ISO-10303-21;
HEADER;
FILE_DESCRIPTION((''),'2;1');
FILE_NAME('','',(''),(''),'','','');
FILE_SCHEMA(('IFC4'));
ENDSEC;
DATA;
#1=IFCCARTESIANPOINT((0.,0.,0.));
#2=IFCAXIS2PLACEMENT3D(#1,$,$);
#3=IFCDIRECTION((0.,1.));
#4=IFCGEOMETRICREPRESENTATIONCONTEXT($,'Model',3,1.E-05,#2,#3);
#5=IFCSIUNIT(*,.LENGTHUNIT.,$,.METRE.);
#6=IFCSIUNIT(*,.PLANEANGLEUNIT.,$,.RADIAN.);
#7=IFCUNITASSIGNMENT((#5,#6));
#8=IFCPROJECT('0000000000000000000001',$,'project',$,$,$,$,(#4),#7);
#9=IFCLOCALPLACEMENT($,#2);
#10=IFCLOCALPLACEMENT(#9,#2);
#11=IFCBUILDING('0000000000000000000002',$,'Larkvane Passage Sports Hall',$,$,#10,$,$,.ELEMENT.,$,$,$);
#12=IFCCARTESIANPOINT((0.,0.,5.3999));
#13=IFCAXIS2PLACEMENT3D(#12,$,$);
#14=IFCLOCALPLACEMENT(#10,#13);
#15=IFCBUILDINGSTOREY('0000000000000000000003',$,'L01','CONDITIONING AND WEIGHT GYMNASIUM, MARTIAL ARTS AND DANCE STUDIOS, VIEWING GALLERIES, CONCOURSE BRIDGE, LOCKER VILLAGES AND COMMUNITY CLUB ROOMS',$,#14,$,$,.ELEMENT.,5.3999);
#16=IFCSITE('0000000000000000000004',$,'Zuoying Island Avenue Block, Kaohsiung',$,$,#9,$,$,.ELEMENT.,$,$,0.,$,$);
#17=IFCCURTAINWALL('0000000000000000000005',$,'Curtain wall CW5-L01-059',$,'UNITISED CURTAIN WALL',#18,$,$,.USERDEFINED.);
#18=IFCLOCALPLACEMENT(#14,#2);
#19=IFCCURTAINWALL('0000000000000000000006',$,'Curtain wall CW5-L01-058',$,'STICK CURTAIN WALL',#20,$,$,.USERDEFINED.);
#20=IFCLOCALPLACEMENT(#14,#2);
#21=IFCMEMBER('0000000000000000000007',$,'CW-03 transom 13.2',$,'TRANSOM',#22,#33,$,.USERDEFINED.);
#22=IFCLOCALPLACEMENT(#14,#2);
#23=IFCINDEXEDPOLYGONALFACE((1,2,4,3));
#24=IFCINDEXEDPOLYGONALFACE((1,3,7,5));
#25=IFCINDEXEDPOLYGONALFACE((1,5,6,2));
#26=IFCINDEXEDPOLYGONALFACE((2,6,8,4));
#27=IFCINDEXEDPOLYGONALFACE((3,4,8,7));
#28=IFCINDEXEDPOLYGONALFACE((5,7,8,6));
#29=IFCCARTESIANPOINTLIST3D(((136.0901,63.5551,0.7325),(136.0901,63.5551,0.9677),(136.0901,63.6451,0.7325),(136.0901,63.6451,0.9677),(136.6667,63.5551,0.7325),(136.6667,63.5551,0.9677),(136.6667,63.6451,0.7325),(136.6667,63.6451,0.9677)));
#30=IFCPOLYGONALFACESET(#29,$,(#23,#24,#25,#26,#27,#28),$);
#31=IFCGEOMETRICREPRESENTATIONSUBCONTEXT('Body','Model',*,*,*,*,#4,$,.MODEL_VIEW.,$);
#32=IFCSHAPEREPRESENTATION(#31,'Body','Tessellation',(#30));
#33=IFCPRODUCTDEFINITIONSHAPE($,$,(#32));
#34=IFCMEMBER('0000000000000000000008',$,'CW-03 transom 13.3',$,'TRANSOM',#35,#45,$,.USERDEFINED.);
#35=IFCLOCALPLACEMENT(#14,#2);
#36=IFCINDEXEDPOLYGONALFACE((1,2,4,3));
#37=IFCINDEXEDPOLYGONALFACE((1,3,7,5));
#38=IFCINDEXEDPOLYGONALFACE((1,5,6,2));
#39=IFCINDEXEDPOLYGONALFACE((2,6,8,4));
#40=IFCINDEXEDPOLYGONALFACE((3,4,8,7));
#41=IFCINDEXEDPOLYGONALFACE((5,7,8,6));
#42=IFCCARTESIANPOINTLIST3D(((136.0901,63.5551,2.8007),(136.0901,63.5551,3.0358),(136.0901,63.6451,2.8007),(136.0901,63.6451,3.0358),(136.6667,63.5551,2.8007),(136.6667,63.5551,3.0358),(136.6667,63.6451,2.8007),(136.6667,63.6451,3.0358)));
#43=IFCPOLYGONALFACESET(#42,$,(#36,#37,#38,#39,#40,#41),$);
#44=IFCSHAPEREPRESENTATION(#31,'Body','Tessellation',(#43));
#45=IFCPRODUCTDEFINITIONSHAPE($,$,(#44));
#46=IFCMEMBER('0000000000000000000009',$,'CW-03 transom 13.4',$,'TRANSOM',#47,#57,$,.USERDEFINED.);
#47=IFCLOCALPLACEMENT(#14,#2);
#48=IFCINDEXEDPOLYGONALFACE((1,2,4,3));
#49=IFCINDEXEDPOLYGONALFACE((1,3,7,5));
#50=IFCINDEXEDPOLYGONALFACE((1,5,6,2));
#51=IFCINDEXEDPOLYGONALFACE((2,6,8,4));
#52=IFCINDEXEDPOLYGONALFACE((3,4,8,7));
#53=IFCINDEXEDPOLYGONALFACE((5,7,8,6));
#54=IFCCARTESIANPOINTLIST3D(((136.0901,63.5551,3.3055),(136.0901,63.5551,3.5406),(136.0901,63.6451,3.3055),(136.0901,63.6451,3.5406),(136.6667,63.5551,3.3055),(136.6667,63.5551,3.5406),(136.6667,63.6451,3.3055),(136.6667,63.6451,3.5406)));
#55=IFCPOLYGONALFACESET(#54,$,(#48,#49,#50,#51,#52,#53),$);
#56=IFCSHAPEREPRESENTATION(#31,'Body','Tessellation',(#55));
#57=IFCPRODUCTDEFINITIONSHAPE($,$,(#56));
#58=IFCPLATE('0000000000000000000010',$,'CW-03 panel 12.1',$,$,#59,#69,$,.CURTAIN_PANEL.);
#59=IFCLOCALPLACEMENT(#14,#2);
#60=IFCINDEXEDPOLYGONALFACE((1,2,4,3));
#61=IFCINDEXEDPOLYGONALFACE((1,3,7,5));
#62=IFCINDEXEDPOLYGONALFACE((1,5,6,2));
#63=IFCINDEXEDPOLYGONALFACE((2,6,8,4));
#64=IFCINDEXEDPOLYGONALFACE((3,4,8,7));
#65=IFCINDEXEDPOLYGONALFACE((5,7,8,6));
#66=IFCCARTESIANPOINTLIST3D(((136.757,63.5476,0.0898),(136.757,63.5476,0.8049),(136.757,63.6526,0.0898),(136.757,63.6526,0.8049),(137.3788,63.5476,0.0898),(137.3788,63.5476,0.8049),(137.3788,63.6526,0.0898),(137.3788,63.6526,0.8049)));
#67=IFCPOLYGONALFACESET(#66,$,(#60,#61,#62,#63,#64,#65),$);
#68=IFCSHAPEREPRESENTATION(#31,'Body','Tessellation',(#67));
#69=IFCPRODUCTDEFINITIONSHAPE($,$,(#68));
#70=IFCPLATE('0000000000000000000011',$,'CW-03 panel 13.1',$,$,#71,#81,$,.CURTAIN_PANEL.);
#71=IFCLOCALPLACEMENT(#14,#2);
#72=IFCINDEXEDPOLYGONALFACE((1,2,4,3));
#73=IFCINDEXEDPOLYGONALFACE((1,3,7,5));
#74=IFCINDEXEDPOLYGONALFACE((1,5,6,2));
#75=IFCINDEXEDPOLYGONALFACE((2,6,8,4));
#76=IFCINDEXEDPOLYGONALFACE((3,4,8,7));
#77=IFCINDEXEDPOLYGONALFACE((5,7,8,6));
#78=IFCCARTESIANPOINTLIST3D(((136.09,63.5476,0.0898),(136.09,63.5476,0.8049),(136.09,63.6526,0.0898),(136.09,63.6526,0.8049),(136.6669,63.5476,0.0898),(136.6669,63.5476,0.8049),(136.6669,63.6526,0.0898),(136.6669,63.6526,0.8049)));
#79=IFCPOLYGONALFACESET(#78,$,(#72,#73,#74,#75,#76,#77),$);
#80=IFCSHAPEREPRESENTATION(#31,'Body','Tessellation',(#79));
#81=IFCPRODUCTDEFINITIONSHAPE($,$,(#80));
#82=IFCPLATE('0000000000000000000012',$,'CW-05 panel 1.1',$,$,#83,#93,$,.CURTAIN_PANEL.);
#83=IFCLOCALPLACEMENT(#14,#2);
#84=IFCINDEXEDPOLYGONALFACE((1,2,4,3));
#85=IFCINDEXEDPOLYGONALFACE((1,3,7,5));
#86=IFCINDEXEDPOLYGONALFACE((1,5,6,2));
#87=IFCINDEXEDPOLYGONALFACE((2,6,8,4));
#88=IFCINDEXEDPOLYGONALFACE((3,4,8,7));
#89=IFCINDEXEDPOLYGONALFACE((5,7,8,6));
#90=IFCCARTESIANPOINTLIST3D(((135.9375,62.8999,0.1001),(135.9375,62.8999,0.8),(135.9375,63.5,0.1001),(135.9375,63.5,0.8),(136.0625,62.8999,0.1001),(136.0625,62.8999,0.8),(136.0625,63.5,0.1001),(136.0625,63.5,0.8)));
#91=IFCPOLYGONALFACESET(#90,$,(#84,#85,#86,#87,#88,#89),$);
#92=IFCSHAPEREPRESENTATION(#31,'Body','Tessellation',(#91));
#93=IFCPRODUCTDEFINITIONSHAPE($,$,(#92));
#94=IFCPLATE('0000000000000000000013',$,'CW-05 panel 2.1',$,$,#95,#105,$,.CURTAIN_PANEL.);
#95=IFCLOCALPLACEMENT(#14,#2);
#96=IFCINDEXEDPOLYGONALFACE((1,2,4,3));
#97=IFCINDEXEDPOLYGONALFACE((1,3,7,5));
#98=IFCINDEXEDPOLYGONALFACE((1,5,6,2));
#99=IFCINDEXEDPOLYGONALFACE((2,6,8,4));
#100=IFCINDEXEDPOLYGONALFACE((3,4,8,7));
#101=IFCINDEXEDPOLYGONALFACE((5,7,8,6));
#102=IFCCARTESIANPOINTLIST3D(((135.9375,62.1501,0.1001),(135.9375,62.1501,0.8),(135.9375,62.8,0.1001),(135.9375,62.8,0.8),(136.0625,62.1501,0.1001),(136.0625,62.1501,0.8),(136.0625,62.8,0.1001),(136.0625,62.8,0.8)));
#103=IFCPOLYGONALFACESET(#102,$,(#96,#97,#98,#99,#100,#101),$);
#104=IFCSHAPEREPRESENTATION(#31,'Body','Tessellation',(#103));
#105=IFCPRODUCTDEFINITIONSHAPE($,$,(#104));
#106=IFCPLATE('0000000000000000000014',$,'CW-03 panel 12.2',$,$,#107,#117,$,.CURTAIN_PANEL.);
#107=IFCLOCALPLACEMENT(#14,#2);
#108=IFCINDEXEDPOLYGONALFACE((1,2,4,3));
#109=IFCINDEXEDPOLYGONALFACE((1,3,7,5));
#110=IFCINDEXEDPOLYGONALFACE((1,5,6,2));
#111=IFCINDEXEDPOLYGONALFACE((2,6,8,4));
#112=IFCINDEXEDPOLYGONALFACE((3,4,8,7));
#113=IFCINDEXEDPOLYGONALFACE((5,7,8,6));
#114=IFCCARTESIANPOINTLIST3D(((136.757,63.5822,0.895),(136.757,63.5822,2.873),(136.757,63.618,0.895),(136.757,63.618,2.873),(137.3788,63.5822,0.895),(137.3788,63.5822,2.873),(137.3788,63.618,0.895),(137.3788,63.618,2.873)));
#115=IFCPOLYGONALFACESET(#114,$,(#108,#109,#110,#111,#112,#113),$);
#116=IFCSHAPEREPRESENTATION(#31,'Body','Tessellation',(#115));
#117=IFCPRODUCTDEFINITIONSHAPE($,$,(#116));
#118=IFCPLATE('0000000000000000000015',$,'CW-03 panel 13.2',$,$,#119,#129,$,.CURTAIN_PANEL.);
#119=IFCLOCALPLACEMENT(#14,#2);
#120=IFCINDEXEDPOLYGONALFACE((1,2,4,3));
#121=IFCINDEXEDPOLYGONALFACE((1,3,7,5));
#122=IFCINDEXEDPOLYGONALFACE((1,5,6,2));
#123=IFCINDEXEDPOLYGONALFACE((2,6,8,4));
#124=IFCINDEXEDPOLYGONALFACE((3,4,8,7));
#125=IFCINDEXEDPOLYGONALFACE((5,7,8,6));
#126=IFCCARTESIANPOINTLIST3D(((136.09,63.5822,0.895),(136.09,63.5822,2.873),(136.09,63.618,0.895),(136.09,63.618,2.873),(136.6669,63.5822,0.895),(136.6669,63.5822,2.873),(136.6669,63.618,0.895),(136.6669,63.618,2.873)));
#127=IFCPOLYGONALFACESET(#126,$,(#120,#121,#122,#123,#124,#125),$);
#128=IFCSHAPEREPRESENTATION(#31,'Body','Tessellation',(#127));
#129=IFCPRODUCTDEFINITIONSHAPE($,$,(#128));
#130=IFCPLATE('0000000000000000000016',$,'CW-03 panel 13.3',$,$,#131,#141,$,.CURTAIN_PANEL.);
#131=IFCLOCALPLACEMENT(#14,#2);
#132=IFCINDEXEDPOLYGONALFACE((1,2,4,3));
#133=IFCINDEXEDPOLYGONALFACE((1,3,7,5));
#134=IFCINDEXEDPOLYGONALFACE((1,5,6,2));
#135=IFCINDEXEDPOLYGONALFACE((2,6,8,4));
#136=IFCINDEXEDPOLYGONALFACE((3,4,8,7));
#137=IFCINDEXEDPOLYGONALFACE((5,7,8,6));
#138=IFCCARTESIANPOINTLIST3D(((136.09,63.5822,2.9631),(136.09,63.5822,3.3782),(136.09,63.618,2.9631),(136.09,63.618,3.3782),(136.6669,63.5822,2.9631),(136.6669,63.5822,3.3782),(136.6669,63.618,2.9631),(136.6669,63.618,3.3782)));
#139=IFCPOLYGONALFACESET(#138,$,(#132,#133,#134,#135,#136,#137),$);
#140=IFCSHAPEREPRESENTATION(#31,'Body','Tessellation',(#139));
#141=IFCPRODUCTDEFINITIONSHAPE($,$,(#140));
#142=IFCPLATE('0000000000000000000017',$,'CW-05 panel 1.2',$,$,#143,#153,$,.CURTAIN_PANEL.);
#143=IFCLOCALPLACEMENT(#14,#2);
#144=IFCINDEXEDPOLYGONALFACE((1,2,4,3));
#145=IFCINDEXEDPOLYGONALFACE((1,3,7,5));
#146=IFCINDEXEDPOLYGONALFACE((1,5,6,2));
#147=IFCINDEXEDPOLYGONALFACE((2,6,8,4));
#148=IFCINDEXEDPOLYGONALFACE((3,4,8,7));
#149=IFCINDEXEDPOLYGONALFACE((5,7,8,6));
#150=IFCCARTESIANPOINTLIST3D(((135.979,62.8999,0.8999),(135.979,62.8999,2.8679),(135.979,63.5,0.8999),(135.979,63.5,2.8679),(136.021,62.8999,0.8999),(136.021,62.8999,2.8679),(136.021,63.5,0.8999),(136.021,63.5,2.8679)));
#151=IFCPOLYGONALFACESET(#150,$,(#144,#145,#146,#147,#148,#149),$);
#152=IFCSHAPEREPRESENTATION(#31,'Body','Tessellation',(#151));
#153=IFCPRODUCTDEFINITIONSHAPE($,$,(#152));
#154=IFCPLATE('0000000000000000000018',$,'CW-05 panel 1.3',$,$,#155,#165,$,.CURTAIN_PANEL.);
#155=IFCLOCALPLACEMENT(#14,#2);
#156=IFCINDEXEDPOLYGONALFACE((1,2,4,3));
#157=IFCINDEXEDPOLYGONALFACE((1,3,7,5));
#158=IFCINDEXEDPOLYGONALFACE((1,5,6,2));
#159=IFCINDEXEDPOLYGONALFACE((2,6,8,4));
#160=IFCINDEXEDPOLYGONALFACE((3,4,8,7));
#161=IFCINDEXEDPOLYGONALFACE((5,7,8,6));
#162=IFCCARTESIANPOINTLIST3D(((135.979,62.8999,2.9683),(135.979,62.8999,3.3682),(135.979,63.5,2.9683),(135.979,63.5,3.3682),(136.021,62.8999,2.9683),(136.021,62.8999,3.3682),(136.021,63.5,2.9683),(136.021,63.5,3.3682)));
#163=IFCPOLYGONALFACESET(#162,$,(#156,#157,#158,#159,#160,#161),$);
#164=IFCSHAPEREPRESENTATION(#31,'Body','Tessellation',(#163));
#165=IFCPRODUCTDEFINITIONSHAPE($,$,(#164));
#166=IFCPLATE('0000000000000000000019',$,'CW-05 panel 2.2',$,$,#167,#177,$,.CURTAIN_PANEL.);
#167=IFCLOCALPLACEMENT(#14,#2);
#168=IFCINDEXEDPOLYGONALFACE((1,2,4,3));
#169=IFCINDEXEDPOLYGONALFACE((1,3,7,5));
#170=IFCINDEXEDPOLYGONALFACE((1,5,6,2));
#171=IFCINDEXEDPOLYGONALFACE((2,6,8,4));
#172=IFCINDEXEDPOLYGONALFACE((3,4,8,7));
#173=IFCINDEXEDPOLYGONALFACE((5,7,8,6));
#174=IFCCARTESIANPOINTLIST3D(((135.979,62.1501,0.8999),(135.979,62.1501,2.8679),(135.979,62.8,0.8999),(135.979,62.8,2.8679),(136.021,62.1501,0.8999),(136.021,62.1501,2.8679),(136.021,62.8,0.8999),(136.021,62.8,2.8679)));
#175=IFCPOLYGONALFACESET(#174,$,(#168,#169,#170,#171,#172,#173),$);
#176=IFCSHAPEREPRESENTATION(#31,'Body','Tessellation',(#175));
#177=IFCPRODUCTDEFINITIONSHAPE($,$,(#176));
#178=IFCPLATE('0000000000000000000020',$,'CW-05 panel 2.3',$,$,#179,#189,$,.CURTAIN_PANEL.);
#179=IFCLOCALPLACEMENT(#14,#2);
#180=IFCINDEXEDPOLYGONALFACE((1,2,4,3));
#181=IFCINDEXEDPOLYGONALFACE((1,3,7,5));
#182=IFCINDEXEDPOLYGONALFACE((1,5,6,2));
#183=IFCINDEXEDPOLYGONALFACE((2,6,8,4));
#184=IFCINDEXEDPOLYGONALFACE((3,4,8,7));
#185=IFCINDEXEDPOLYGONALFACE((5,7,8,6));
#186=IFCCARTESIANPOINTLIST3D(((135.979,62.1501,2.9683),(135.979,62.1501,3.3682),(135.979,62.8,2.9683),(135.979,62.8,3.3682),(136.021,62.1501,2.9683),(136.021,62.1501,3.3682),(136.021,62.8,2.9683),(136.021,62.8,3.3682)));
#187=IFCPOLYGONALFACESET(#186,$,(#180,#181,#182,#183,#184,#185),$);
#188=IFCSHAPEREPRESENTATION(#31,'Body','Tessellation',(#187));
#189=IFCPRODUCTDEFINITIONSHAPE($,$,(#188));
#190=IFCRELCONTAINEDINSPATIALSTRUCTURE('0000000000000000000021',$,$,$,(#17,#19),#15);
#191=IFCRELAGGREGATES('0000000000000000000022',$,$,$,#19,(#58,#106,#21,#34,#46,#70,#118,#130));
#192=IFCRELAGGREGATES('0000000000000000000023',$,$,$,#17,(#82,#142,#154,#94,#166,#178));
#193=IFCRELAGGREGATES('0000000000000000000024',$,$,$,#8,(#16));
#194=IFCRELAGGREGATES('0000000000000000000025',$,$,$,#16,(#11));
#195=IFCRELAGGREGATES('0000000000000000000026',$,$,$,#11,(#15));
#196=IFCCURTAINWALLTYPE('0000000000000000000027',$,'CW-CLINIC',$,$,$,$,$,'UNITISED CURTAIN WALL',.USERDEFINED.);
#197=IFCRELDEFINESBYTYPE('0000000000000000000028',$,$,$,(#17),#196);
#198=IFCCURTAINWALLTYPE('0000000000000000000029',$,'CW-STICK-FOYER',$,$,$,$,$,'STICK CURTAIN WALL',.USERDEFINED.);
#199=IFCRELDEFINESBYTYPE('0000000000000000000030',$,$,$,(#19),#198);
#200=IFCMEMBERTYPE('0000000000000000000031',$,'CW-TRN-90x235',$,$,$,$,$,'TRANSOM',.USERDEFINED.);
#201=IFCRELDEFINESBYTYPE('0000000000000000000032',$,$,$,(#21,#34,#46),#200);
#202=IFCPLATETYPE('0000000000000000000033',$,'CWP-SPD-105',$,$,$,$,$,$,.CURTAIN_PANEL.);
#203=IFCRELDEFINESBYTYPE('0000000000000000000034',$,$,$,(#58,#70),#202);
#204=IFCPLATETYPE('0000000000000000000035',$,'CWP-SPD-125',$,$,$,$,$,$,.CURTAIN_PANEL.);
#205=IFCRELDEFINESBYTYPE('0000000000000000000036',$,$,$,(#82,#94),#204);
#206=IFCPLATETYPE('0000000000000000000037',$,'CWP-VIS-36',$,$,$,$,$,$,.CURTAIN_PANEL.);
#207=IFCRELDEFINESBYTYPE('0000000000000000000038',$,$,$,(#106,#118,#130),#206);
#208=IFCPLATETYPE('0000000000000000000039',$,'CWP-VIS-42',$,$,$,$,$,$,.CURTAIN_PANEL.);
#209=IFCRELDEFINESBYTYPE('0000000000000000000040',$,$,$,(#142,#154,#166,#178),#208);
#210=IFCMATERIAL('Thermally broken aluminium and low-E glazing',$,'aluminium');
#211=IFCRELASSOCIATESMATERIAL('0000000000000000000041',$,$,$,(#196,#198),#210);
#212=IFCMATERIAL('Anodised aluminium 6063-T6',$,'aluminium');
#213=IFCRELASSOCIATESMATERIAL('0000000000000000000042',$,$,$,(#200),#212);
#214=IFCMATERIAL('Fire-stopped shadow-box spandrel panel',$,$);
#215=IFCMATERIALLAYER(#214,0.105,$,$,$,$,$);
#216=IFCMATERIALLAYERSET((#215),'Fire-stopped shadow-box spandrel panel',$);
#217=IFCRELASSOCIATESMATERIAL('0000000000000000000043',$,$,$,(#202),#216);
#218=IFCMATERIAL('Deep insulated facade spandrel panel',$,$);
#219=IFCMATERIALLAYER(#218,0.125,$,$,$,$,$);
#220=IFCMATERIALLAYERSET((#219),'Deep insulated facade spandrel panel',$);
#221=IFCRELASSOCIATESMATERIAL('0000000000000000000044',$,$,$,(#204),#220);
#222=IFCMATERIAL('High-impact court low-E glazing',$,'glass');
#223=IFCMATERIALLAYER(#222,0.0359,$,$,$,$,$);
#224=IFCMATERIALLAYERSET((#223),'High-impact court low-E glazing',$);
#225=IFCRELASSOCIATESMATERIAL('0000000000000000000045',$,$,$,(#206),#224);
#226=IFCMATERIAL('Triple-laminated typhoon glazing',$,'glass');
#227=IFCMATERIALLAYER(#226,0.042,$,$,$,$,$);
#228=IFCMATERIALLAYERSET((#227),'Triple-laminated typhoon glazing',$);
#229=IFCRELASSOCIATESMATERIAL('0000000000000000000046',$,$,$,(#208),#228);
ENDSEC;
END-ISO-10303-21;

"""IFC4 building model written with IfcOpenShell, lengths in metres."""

from ifc_helpers import new_model, si_unit, direction, frame, origin, origin_2d, place, context, subcontext, project, spatial, rectangle, extrude, material, layer, layer_set, material_profile, profile_set, type_object, element, aggregate, save


model = new_model("IFC4")

# Units and contexts
model_context = context("Model", 3, precision=1e-05, world=origin(), true_north=direction((0.0, 1.0)))
body_context = subcontext(model_context, "Body", "Model", "MODEL_VIEW")
ifc_project = project(units=[si_unit("LENGTHUNIT", "METRE"), si_unit("PLANEANGLEUNIT", "RADIAN")], contexts=[model_context])

# Site, building, storey
site_placement = place(None, origin())
site = spatial("IfcSite", under=ifc_project, at=site_placement, Name="Zuoying Island Avenue Block, Kaohsiung", CompositionType="ELEMENT", RefElevation=0.0)
building_placement = place(site_placement, origin())
building = spatial("IfcBuilding", under=site, at=building_placement, Name="Larkvane Passage Sports Hall", CompositionType="ELEMENT")
storey_placement = place(building_placement, frame((0.0, 0.0, 5.3999)))
storey = spatial("IfcBuildingStorey", under=building, at=storey_placement, Name="L01", Description="CONDITIONING AND WEIGHT GYMNASIUM, MARTIAL ARTS AND DANCE STUDIOS, VIEWING GALLERIES, CONCOURSE BRIDGE, LOCKER VILLAGES AND COMMUNITY CLUB ROOMS", CompositionType="ELEMENT", Elevation=5.3999)

# Curtain walls
ifc_material_1 = material(Name="Thermally broken aluminium and low-E glazing", Category="aluminium")
curtain_wall_type_1 = type_object("IfcCurtainWallType", Name="CW-CLINIC", ElementType="UNITISED CURTAIN WALL", PredefinedType="USERDEFINED", material=ifc_material_1)
curtain_wall_1_placement = place(storey_placement, origin())
curtain_wall_1 = element("IfcCurtainWall", 1, at=curtain_wall_1_placement, inside=storey, type_object=curtain_wall_type_1, Name="Curtain wall CW5-L01-059", ObjectType="UNITISED CURTAIN WALL", PredefinedType="USERDEFINED")
ifc_material_2 = material(Name="Anodised aluminium 6063-T6", Category="aluminium")
curtain_wall_type_2 = type_object("IfcCurtainWallType", Name="CW-STICK-FOYER", ElementType="STICK CURTAIN WALL", PredefinedType="USERDEFINED", material=ifc_material_1)
curtain_wall_2_placement = place(storey_placement, origin())
curtain_wall_2 = element("IfcCurtainWall", 2, at=curtain_wall_2_placement, inside=storey, type_object=curtain_wall_type_2, Name="Curtain wall CW5-L01-058", ObjectType="STICK CURTAIN WALL", PredefinedType="USERDEFINED")

# Members
ifc_material_profile_1 = material_profile(ifc_material_2, rectangle(XDim=0.0901, YDim=0.2351, at=origin_2d()), Name="ALU-TRN-90x235")
ifc_profile_set_1 = profile_set([ifc_material_profile_1], Name="Anodised aluminium 6063-T6")
member_type_1 = type_object("IfcMemberType", Name="CW-TRN-90x235", ElementType="TRANSOM", PredefinedType="USERDEFINED", material=ifc_profile_set_1)
member_1_placement = place(storey_placement, frame((136.6667, 63.6001, 0.8501), z_axis=(-1.0, 0.0, 0.0), x_axis=(0.0, -1.0, 0.0)))
member_1 = element("IfcMember", 3, at=member_1_placement, type_object=member_type_1, Name="CW-03 transom 13.2", ObjectType="TRANSOM", PredefinedType="USERDEFINED", context=body_context, shape_type="SweptSolid", body=[
    extrude(rectangle(XDim=0.0901, YDim=0.2351, at=origin_2d()), origin(), (0.0, 0.0, 1.0), 0.5767),
])
member_2_placement = place(storey_placement, frame((136.6667, 63.6001, 2.9182), z_axis=(-1.0, 0.0, 0.0), x_axis=(0.0, -1.0, 0.0)))
member_2 = element("IfcMember", 4, at=member_2_placement, type_object=member_type_1, Name="CW-03 transom 13.3", ObjectType="TRANSOM", PredefinedType="USERDEFINED", context=body_context, shape_type="SweptSolid", body=[
    extrude(rectangle(XDim=0.0901, YDim=0.2351, at=origin_2d()), origin(), (0.0, 0.0, 1.0), 0.5767),
])
member_3_placement = place(storey_placement, frame((136.6667, 63.6001, 3.4231), z_axis=(-1.0, 0.0, 0.0), x_axis=(0.0, -1.0, 0.0)))
member_3 = element("IfcMember", 5, at=member_3_placement, type_object=member_type_1, Name="CW-03 transom 13.4", ObjectType="TRANSOM", PredefinedType="USERDEFINED", context=body_context, shape_type="SweptSolid", body=[
    extrude(rectangle(XDim=0.0901, YDim=0.2351, at=origin_2d()), origin(), (0.0, 0.0, 1.0), 0.5767),
])

# Plates
ifc_material_3 = material(Name="Fire-stopped shadow-box spandrel panel")
ifc_layer_1 = layer(ifc_material_3, 0.105)
ifc_layer_set_1 = layer_set([ifc_layer_1], Name="Fire-stopped shadow-box spandrel panel")
plate_type_1 = type_object("IfcPlateType", Name="CWP-SPD-105", PredefinedType="CURTAIN_PANEL", material=ifc_layer_set_1)
plate_1_placement = place(storey_placement, frame((137.0679, 63.6001, 0.0898), z_axis=(0.0, 0.0, 1.0), x_axis=(-1.0, 0.0, 0.0)))
plate_1 = element("IfcPlate", 6, at=plate_1_placement, type_object=plate_type_1, Name="CW-03 panel 12.1", PredefinedType="CURTAIN_PANEL", context=body_context, shape_type="SweptSolid", body=[
    extrude(rectangle(XDim=0.6218, YDim=0.105, at=origin_2d()), origin(), (0.0, 0.0, 1.0), 0.7151),
])
plate_2_placement = place(storey_placement, frame((136.3784, 63.6001, 0.0898), z_axis=(0.0, 0.0, 1.0), x_axis=(-1.0, 0.0, 0.0)))
plate_2 = element("IfcPlate", 7, at=plate_2_placement, type_object=plate_type_1, Name="CW-03 panel 13.1", PredefinedType="CURTAIN_PANEL", context=body_context, shape_type="SweptSolid", body=[
    extrude(rectangle(XDim=0.5769, YDim=0.105, at=origin_2d()), origin(), (0.0, 0.0, 1.0), 0.7151),
])
ifc_material_4 = material(Name="Deep insulated facade spandrel panel")
ifc_layer_2 = layer(ifc_material_4, 0.125)
ifc_layer_set_2 = layer_set([ifc_layer_2], Name="Deep insulated facade spandrel panel")
plate_type_2 = type_object("IfcPlateType", Name="CWP-SPD-125", PredefinedType="CURTAIN_PANEL", material=ifc_layer_set_2)
plate_3_placement = place(storey_placement, frame((136.0, 63.2, 0.1001), z_axis=(0.0, 0.0, 1.0), x_axis=(0.0, -1.0, 0.0)))
plate_3 = element("IfcPlate", 8, at=plate_3_placement, type_object=plate_type_2, Name="CW-05 panel 1.1", PredefinedType="CURTAIN_PANEL", context=body_context, shape_type="SweptSolid", body=[
    extrude(rectangle(XDim=0.6001, YDim=0.125, at=origin_2d()), origin(), (0.0, 0.0, 1.0), 0.7),
])
plate_4_placement = place(storey_placement, frame((136.0, 62.4751, 0.1001), z_axis=(0.0, 0.0, 1.0), x_axis=(0.0, -1.0, 0.0)))
plate_4 = element("IfcPlate", 9, at=plate_4_placement, type_object=plate_type_2, Name="CW-05 panel 2.1", PredefinedType="CURTAIN_PANEL", context=body_context, shape_type="SweptSolid", body=[
    extrude(rectangle(XDim=0.6499, YDim=0.125, at=origin_2d()), origin(), (0.0, 0.0, 1.0), 0.7),
])
ifc_material_5 = material(Name="High-impact court low-E glazing", Category="glass")
ifc_layer_3 = layer(ifc_material_5, 0.0359)
ifc_layer_set_3 = layer_set([ifc_layer_3], Name="High-impact court low-E glazing")
plate_type_3 = type_object("IfcPlateType", Name="CWP-VIS-36", PredefinedType="CURTAIN_PANEL", material=ifc_layer_set_3)
plate_5_placement = place(storey_placement, frame((137.0679, 63.6001, 0.895), z_axis=(0.0, 0.0, 1.0), x_axis=(-1.0, 0.0, 0.0)))
plate_5 = element("IfcPlate", 10, at=plate_5_placement, type_object=plate_type_3, Name="CW-03 panel 12.2", PredefinedType="CURTAIN_PANEL", context=body_context, shape_type="SweptSolid", body=[
    extrude(rectangle(XDim=0.6218, YDim=0.0359, at=origin_2d()), origin(), (0.0, 0.0, 1.0), 1.978),
])
plate_6_placement = place(storey_placement, frame((136.3784, 63.6001, 0.895), z_axis=(0.0, 0.0, 1.0), x_axis=(-1.0, 0.0, 0.0)))
plate_6 = element("IfcPlate", 11, at=plate_6_placement, type_object=plate_type_3, Name="CW-03 panel 13.2", PredefinedType="CURTAIN_PANEL", context=body_context, shape_type="SweptSolid", body=[
    extrude(rectangle(XDim=0.5769, YDim=0.0359, at=origin_2d()), origin(), (0.0, 0.0, 1.0), 1.978),
])
plate_7_placement = place(storey_placement, frame((136.3784, 63.6001, 2.9631), z_axis=(0.0, 0.0, 1.0), x_axis=(-1.0, 0.0, 0.0)))
plate_7 = element("IfcPlate", 12, at=plate_7_placement, type_object=plate_type_3, Name="CW-03 panel 13.3", PredefinedType="CURTAIN_PANEL", context=body_context, shape_type="SweptSolid", body=[
    extrude(rectangle(XDim=0.5769, YDim=0.0359, at=origin_2d()), origin(), (0.0, 0.0, 1.0), 0.415),
])
aggregate(curtain_wall_2, [plate_1, plate_5, member_1, member_2, member_3, plate_2, plate_6, plate_7])
ifc_material_6 = material(Name="Triple-laminated typhoon glazing", Category="glass")
ifc_layer_4 = layer(ifc_material_6, 0.042)
ifc_layer_set_4 = layer_set([ifc_layer_4], Name="Triple-laminated typhoon glazing")
plate_type_4 = type_object("IfcPlateType", Name="CWP-VIS-42", PredefinedType="CURTAIN_PANEL", material=ifc_layer_set_4)
plate_8_placement = place(storey_placement, frame((136.0, 63.2, 0.8999), z_axis=(0.0, 0.0, 1.0), x_axis=(0.0, -1.0, 0.0)))
plate_8 = element("IfcPlate", 13, at=plate_8_placement, type_object=plate_type_4, Name="CW-05 panel 1.2", PredefinedType="CURTAIN_PANEL", context=body_context, shape_type="SweptSolid", body=[
    extrude(rectangle(XDim=0.6001, YDim=0.042, at=origin_2d()), origin(), (0.0, 0.0, 1.0), 1.968),
])
plate_9_placement = place(storey_placement, frame((136.0, 63.2, 2.9683), z_axis=(0.0, 0.0, 1.0), x_axis=(0.0, -1.0, 0.0)))
plate_9 = element("IfcPlate", 14, at=plate_9_placement, type_object=plate_type_4, Name="CW-05 panel 1.3", PredefinedType="CURTAIN_PANEL", context=body_context, shape_type="SweptSolid", body=[
    extrude(rectangle(XDim=0.6001, YDim=0.042, at=origin_2d()), origin(), (0.0, 0.0, 1.0), 0.3999),
])
plate_10_placement = place(storey_placement, frame((136.0, 62.4751, 0.8999), z_axis=(0.0, 0.0, 1.0), x_axis=(0.0, -1.0, 0.0)))
plate_10 = element("IfcPlate", 15, at=plate_10_placement, type_object=plate_type_4, Name="CW-05 panel 2.2", PredefinedType="CURTAIN_PANEL", context=body_context, shape_type="SweptSolid", body=[
    extrude(rectangle(XDim=0.6499, YDim=0.042, at=origin_2d()), origin(), (0.0, 0.0, 1.0), 1.968),
])
plate_11_placement = place(storey_placement, frame((136.0, 62.4751, 2.9683), z_axis=(0.0, 0.0, 1.0), x_axis=(0.0, -1.0, 0.0)))
plate_11 = element("IfcPlate", 16, at=plate_11_placement, type_object=plate_type_4, Name="CW-05 panel 2.3", PredefinedType="CURTAIN_PANEL", context=body_context, shape_type="SweptSolid", body=[
    extrude(rectangle(XDim=0.6499, YDim=0.042, at=origin_2d()), origin(), (0.0, 0.0, 1.0), 0.3999),
])
aggregate(curtain_wall_1, [plate_3, plate_8, plate_9, plate_4, plate_10, plate_11])

save(model, "model.ifc")
